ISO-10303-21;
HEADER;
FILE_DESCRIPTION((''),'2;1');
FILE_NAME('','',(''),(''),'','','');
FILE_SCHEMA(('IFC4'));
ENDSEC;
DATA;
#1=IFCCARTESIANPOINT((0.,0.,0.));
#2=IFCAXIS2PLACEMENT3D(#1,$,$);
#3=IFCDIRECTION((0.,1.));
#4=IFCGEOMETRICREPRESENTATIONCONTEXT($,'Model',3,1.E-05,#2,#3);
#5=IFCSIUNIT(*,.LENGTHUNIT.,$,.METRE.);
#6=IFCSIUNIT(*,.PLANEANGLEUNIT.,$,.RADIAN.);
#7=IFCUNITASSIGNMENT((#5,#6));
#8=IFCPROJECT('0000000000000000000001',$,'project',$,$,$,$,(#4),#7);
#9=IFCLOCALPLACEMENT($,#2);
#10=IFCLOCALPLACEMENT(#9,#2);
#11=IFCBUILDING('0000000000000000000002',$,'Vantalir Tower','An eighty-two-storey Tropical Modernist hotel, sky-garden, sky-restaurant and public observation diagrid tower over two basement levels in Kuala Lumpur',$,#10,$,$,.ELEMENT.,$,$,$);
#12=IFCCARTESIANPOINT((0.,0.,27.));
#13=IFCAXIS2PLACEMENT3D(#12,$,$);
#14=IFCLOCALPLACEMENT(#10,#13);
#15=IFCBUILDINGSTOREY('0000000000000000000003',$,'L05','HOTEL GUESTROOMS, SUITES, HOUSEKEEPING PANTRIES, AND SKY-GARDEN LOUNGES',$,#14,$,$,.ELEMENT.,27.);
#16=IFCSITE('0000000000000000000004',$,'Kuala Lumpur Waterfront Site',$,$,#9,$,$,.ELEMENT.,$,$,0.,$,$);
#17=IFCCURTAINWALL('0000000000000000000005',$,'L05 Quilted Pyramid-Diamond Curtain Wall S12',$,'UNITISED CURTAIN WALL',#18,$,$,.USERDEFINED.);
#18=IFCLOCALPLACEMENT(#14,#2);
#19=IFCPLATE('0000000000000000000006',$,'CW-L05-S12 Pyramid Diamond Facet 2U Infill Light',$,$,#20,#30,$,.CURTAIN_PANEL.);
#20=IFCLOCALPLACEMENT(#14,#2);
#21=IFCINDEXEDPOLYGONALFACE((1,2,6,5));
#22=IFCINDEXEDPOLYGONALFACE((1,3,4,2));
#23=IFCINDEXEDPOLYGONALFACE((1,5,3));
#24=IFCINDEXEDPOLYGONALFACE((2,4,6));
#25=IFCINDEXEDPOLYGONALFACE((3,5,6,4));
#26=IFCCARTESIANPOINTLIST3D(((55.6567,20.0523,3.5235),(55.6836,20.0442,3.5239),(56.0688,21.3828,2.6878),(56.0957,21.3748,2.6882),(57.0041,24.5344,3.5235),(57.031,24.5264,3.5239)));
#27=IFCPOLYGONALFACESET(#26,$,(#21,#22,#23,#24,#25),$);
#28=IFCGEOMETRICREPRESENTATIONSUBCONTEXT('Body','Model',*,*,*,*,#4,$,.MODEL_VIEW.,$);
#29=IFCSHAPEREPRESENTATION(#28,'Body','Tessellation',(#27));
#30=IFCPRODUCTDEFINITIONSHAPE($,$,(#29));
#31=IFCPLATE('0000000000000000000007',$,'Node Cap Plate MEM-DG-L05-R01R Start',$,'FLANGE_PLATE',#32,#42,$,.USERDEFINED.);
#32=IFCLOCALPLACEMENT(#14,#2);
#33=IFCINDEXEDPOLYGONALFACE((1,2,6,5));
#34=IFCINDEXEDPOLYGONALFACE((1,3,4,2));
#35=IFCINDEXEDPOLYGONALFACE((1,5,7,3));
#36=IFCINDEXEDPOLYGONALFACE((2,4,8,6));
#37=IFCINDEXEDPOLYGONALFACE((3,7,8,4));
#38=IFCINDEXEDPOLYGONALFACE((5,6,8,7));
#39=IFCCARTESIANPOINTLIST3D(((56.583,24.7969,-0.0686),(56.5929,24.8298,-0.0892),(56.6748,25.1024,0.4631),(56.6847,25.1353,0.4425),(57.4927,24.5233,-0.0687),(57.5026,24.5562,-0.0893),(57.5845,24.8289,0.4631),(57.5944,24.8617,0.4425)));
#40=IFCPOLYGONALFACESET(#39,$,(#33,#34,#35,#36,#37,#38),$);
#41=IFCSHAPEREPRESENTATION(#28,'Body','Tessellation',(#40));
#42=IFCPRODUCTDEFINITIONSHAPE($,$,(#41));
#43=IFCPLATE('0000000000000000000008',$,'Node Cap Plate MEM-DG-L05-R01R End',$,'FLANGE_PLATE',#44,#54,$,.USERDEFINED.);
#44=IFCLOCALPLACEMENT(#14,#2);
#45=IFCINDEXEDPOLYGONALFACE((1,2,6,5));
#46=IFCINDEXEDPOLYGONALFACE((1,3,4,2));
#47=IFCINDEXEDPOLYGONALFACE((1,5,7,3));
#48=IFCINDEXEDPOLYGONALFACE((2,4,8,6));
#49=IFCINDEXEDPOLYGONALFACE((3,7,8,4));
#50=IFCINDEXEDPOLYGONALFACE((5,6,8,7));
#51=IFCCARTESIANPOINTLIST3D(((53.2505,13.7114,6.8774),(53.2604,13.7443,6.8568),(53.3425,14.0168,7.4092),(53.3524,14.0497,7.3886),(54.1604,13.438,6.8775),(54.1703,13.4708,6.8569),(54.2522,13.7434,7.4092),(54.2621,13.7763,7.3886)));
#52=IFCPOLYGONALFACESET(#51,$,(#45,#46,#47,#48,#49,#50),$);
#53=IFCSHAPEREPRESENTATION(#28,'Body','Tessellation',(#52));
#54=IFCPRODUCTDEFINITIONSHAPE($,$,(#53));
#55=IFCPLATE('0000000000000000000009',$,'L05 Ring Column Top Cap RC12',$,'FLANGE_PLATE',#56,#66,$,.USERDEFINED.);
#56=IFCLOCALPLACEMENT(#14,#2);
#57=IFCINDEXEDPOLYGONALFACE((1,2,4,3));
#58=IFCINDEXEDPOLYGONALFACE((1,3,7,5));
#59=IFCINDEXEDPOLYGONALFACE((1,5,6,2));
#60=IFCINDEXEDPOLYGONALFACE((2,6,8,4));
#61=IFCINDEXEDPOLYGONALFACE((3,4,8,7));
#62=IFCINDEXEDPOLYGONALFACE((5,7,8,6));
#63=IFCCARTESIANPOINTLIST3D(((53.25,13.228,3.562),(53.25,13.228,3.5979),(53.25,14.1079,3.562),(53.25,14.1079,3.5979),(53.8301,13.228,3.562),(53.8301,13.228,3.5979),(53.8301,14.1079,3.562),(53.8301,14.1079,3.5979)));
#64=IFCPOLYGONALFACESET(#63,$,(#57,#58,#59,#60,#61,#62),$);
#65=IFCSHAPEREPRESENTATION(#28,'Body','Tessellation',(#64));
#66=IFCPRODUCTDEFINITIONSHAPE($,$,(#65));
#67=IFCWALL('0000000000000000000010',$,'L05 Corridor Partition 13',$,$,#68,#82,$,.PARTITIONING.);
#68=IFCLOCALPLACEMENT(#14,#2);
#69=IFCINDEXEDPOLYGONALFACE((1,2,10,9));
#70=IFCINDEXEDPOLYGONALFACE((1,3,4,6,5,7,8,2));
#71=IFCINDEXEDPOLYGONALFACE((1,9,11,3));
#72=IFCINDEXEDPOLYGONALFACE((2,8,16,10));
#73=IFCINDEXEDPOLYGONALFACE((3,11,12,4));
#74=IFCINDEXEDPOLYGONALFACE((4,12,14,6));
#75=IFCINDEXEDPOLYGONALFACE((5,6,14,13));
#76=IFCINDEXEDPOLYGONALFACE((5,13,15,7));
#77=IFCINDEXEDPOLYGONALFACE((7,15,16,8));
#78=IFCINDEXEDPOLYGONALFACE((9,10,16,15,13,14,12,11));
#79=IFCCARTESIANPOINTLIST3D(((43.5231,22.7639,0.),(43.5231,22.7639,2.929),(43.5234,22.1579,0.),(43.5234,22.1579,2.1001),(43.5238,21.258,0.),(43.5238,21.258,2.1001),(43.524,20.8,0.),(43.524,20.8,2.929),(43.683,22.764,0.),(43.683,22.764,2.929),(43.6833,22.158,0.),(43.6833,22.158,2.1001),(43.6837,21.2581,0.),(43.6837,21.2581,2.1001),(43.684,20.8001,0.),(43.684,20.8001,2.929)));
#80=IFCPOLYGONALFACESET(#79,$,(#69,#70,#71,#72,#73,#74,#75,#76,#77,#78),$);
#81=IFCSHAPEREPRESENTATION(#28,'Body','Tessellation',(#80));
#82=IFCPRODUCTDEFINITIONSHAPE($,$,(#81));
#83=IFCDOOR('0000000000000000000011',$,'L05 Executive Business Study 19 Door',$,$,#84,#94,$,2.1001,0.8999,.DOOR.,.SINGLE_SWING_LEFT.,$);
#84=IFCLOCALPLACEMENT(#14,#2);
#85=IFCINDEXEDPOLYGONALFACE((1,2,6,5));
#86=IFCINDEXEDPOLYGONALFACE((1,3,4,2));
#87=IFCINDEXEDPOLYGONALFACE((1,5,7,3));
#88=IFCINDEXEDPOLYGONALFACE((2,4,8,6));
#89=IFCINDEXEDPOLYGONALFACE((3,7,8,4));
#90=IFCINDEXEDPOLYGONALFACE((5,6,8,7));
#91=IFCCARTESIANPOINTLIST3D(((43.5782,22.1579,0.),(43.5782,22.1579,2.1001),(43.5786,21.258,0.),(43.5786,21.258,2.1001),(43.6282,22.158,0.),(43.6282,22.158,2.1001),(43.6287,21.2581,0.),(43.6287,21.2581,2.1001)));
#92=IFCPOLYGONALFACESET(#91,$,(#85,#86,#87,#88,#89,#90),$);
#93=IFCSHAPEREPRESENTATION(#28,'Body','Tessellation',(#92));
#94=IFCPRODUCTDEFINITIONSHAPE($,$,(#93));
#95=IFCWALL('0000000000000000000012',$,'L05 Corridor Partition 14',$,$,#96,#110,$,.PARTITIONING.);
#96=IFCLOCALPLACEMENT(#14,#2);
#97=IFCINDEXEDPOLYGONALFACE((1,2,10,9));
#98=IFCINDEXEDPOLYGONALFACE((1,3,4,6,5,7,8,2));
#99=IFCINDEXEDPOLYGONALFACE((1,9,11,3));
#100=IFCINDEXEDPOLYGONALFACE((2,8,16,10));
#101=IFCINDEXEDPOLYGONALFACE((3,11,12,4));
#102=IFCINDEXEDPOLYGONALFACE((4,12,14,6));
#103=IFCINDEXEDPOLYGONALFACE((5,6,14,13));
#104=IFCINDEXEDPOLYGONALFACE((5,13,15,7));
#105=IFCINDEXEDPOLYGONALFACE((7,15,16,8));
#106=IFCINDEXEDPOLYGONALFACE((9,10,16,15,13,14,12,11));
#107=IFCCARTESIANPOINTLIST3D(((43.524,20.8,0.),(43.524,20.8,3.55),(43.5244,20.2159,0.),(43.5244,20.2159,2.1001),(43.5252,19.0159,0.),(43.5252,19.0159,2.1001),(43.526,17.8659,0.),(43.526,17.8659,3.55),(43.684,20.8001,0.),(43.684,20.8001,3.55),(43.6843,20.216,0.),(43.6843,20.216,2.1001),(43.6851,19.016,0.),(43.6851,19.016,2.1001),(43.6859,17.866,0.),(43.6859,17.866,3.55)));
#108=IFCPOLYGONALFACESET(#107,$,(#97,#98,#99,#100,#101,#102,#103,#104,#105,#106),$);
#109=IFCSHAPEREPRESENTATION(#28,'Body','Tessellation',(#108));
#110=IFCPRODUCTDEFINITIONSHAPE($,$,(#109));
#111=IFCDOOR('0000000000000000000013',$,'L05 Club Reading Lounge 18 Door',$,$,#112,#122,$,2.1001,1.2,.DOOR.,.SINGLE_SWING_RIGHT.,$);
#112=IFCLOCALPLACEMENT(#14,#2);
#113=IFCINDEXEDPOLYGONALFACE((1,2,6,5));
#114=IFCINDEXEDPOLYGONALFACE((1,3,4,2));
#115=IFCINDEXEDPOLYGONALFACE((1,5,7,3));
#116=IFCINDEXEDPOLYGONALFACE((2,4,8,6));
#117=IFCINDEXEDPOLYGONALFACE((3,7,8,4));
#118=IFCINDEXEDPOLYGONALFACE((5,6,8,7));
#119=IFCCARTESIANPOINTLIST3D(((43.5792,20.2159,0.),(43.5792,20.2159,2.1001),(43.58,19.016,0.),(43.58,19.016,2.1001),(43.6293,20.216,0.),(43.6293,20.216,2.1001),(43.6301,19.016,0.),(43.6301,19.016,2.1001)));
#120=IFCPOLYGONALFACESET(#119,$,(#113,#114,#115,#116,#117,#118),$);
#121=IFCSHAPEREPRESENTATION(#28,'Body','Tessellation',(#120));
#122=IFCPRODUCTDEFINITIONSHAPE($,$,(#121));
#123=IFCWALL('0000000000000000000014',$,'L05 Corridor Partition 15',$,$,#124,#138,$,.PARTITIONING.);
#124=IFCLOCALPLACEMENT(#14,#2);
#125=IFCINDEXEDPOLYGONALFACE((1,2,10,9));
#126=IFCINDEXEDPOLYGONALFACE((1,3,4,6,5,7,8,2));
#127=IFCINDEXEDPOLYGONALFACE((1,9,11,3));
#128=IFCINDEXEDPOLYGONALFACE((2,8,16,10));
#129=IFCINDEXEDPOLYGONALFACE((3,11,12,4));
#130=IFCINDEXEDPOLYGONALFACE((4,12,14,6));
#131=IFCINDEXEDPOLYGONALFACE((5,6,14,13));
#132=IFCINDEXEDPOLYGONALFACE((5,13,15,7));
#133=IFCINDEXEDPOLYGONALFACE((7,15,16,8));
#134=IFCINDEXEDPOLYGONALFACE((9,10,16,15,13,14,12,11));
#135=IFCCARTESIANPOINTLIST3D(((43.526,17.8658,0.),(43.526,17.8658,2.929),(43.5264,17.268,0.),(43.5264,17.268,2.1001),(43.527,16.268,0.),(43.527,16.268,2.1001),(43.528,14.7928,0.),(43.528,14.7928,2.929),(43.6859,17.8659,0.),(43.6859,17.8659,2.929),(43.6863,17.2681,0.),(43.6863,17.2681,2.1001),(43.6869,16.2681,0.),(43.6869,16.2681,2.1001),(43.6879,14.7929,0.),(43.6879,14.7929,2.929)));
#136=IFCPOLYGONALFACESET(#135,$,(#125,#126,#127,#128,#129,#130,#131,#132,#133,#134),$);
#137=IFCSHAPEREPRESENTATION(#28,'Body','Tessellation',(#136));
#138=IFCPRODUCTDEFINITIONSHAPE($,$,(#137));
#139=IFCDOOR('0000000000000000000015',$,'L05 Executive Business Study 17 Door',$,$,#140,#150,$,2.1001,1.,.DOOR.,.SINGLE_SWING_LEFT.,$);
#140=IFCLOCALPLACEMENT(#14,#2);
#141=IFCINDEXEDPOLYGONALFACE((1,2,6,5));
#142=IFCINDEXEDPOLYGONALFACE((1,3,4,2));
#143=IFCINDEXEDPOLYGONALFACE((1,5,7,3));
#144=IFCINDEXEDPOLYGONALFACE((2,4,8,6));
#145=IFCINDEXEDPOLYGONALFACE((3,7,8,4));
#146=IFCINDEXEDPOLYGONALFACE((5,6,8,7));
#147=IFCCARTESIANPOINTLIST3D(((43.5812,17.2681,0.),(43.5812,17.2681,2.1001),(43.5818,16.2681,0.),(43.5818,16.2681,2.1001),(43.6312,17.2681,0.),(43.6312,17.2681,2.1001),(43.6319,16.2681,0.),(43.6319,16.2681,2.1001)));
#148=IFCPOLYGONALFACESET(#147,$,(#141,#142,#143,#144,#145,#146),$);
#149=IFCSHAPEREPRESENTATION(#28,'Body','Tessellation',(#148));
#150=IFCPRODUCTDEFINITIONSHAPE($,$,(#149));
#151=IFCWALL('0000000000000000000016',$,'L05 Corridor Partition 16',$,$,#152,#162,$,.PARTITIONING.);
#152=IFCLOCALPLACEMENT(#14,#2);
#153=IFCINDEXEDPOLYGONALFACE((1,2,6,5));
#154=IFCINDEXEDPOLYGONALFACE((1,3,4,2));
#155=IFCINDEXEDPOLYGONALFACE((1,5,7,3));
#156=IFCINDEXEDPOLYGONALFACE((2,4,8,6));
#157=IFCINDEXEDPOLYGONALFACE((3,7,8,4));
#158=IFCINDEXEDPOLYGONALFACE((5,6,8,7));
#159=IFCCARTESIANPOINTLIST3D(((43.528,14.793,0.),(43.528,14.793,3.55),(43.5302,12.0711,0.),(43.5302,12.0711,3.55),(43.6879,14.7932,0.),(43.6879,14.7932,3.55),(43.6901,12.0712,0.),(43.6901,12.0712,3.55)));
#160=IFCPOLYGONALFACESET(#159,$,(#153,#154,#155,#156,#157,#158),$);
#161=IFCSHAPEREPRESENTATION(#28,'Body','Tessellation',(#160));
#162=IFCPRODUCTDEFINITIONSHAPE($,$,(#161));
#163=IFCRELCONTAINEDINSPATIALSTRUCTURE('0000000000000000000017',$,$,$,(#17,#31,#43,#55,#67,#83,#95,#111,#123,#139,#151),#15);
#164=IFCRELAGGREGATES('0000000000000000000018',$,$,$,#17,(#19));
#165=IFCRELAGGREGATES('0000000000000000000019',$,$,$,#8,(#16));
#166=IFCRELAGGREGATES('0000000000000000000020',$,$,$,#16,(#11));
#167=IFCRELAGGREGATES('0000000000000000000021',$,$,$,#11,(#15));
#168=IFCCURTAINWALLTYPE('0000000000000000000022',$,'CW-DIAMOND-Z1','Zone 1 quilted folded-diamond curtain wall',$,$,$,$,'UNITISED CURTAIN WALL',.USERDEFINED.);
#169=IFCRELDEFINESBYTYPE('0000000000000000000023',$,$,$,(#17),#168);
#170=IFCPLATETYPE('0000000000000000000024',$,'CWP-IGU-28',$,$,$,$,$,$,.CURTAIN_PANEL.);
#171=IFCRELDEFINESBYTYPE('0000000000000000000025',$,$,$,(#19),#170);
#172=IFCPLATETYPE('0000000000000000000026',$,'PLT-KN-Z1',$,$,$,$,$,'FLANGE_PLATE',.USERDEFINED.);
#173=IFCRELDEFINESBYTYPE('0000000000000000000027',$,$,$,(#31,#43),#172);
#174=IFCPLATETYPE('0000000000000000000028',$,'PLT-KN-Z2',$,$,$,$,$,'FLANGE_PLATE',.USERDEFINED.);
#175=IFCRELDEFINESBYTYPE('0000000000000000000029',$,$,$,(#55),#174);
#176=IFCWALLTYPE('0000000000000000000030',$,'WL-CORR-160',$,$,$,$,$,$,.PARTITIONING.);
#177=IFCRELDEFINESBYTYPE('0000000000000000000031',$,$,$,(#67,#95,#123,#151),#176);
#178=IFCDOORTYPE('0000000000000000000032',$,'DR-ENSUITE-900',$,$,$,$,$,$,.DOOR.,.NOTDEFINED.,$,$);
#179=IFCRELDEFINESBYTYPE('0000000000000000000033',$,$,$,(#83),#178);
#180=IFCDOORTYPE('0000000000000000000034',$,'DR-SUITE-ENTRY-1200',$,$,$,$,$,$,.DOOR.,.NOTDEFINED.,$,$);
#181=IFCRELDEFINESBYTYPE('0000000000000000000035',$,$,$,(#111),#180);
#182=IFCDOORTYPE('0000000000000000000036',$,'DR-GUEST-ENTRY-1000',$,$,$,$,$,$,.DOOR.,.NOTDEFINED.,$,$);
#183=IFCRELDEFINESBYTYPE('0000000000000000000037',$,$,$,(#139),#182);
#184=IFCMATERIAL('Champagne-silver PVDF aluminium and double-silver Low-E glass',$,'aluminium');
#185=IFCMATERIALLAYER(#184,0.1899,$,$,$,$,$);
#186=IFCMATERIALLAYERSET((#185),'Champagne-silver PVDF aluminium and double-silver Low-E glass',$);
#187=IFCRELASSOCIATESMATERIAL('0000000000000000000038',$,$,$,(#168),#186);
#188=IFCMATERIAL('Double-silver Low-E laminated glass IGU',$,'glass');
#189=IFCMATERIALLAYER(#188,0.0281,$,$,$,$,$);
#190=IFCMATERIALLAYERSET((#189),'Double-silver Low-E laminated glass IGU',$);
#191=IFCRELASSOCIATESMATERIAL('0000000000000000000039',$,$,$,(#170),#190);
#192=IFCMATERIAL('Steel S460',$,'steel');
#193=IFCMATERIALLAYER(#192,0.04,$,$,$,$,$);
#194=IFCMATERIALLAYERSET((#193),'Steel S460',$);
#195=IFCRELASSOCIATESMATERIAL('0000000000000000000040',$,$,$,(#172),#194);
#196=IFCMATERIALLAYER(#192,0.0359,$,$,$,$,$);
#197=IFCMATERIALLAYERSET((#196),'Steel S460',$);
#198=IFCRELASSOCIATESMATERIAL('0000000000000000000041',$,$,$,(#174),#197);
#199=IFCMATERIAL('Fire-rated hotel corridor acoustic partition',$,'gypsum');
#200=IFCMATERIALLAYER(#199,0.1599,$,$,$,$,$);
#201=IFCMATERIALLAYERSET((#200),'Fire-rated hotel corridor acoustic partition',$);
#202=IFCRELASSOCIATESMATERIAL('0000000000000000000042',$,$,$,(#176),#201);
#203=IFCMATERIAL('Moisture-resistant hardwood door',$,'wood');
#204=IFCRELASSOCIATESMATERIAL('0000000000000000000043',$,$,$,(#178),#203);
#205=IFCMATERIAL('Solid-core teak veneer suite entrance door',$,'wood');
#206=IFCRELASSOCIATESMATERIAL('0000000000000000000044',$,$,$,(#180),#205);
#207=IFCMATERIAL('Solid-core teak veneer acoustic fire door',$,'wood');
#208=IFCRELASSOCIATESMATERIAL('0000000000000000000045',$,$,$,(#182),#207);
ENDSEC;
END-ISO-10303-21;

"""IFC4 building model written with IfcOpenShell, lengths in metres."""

from ifc_helpers import new_model, si_unit, direction, frame, frame_2d, origin, place, context, subcontext, project, spatial, polyline, rectangle, outline, extrude, material, layer, layer_set, type_object, element, fill, aggregate, save


model = new_model("IFC4")

# Units and contexts
model_context = context("Model", 3, precision=1e-05, world=origin(), true_north=direction((0.0, 1.0)))
body_context = subcontext(model_context, "Body", "Model", "MODEL_VIEW")
ifc_project = project(units=[si_unit("LENGTHUNIT", "METRE"), si_unit("PLANEANGLEUNIT", "RADIAN")], contexts=[model_context])

# Site, building, storey
site_placement = place(None, origin())
site = spatial("IfcSite", under=ifc_project, at=site_placement, Name="Kuala Lumpur Waterfront Site", CompositionType="ELEMENT", RefElevation=0.0)
building_placement = place(site_placement, origin())
building = spatial("IfcBuilding", under=site, at=building_placement, Name="Vantalir Tower", Description="An eighty-two-storey Tropical Modernist hotel, sky-garden, sky-restaurant and public observation diagrid tower over two basement levels in Kuala Lumpur", CompositionType="ELEMENT")
storey_placement = place(building_placement, frame((0.0, 0.0, 27.0)))
storey = spatial("IfcBuildingStorey", under=building, at=storey_placement, Name="L05", Description="HOTEL GUESTROOMS, SUITES, HOUSEKEEPING PANTRIES, AND SKY-GARDEN LOUNGES", CompositionType="ELEMENT", Elevation=27.0)

# Shared definitions
ifc_material_1 = material(Name="Steel S460", Category="steel")

# Shared definitions
ifc_material_2 = material(Name="Champagne-silver PVDF aluminium and double-silver Low-E glass", Category="aluminium")
ifc_layer_1 = layer(ifc_material_2, 0.1899)
ifc_layer_set_1 = layer_set([ifc_layer_1], Name="Champagne-silver PVDF aluminium and double-silver Low-E glass")
curtain_wall_type = type_object("IfcCurtainWallType", Name="CW-DIAMOND-Z1", Description="Zone 1 quilted folded-diamond curtain wall", ElementType="UNITISED CURTAIN WALL", PredefinedType="USERDEFINED", material=ifc_layer_set_1)

# Curtain wall
curtain_wall_1_placement = place(storey_placement, origin())
curtain_wall_1 = element("IfcCurtainWall", 1, at=curtain_wall_1_placement, inside=storey, type_object=curtain_wall_type, Name="L05 Quilted Pyramid-Diamond Curtain Wall S12", ObjectType="UNITISED CURTAIN WALL", PredefinedType="USERDEFINED")

# Plate
ifc_material_3 = material(Name="Double-silver Low-E laminated glass IGU", Category="glass")
ifc_layer_2 = layer(ifc_material_3, 0.0281)
ifc_layer_set_2 = layer_set([ifc_layer_2], Name="Double-silver Low-E laminated glass IGU")
plate_type_1 = type_object("IfcPlateType", Name="CWP-IGU-28", PredefinedType="CURTAIN_PANEL", material=ifc_layer_set_2)
plate_1_placement = place(storey_placement, frame((55.6836, 20.0442, 3.5239), z_axis=(0.957572, -0.287861, 0.013888), x_axis=(0.287889, 0.957664, 0.0)))
plate_1 = element("IfcPlate", 2, at=plate_1_placement, type_object=plate_type_1, Name="CW-L05-S12 Pyramid Diamond Facet 2U Infill Light", PredefinedType="CURTAIN_PANEL", context=body_context, shape_type="SweptSolid", body=[
    extrude(outline(polyline([(0.0, 0.0), (4.6803, 0.0), (1.3929, -0.8358), (0.0, 0.0)])), origin(), (0.0, 0.0, -1.0), 0.0281),
])
aggregate(curtain_wall_1, [plate_1])

# Plates
ifc_layer_3 = layer(ifc_material_1, 0.04)
ifc_layer_set_3 = layer_set([ifc_layer_3], Name="Steel S460")
plate_type_2 = type_object("IfcPlateType", Name="PLT-KN-Z1", ElementType="FLANGE_PLATE", PredefinedType="USERDEFINED", material=ifc_layer_set_3)
plate_2_placement = place(storey_placement, frame((56.583, 24.7969, -0.0686), z_axis=(-0.246947, -0.821172, 0.514485), x_axis=(0.957626, -0.288016, -0.000054)))
element("IfcPlate", 3, at=plate_2_placement, inside=storey, type_object=plate_type_2, Name="Node Cap Plate MEM-DG-L05-R01R Start", ObjectType="FLANGE_PLATE", PredefinedType="USERDEFINED", context=body_context, shape_type="SweptSolid", body=[
    extrude(outline(polyline([(0.0, 0.0), (0.9499, 0.0), (0.9498, 0.6202), (-0.0001, 0.62), (0.0, 0.0)])), origin(), (0.0, 0.0, -1.0), 0.04),
])
plate_3_placement = place(storey_placement, frame((53.2505, 13.7114, 6.8774), z_axis=(-0.246832, -0.821267, 0.514388), x_axis=(0.957684, -0.287822, 0.000016)))
element("IfcPlate", 4, at=plate_3_placement, inside=storey, type_object=plate_type_2, Name="Node Cap Plate MEM-DG-L05-R01R End", ObjectType="FLANGE_PLATE", PredefinedType="USERDEFINED", context=body_context, shape_type="SweptSolid", body=[
    extrude(outline(polyline([(0.0, 0.0), (0.9501, 0.0), (0.9501, 0.62), (0.0002, 0.6201), (0.0, 0.0)])), origin(), (0.0, 0.0, -1.0), 0.04),
])
ifc_layer_4 = layer(ifc_material_1, 0.0359)
ifc_layer_set_4 = layer_set([ifc_layer_4], Name="Steel S460")
plate_type_3 = type_object("IfcPlateType", Name="PLT-KN-Z2", ElementType="FLANGE_PLATE", PredefinedType="USERDEFINED", material=ifc_layer_set_4)
plate_4_placement = place(storey_placement, frame((53.25, 14.1079, 3.5979), z_axis=(0.0, 0.0, 1.0), x_axis=(0.0, -1.0, 0.0)))
element("IfcPlate", 5, at=plate_4_placement, inside=storey, type_object=plate_type_3, Name="L05 Ring Column Top Cap RC12", ObjectType="FLANGE_PLATE", PredefinedType="USERDEFINED", context=body_context, shape_type="SweptSolid", body=[
    extrude(outline(polyline([(0.0, 0.0), (0.8799, 0.0), (0.8799, 0.5801), (0.0, 0.5801), (0.0, 0.0)])), origin(), (0.0, 0.0, -1.0), 0.0359),
])

# Walls, openings, doors
ifc_material_4 = material(Name="Fire-rated hotel corridor acoustic partition", Category="gypsum")
ifc_layer_5 = layer(ifc_material_4, 0.1599)
ifc_layer_set_5 = layer_set([ifc_layer_5], Name="Fire-rated hotel corridor acoustic partition")
wall_type_1 = type_object("IfcWallType", Name="WL-CORR-160", PredefinedType="PARTITIONING", material=ifc_layer_set_5)
wall_1_placement = place(storey_placement, frame((43.603, 22.7639, 0.0), z_axis=(0.0, 0.0, 1.0), x_axis=(0.000497, -1.0, 0.0)))
wall_1 = element("IfcWall", 6, at=wall_1_placement, inside=storey, type_object=wall_type_1, Name="L05 Corridor Partition 13", PredefinedType="PARTITIONING", context=body_context, shape_type="SweptSolid", body=[
    extrude(rectangle(XDim=1.9639, YDim=0.1599, at=frame_2d((0.9819, 0.0))), origin(), (0.0, 0.0, 1.0), 2.929),
])
opening_1_placement = place(wall_1_placement, frame((0.606, 0.0, 0.0)))
opening_1 = element("IfcOpeningElement", 7, at=opening_1_placement, cuts=wall_1, PredefinedType="OPENING", context=body_context, shape_type="SweptSolid", body=[
    extrude(rectangle(XDim=0.8999, YDim=2.1001, at=frame_2d((0.45, 1.05))), frame((0.0, 0.0898, 0.0), z_axis=(0.0, -1.0, 0.0), x_axis=(1.0, 0.0, 0.0)), (0.0, 0.0, 1.0), 0.1799),
])
ifc_material_5 = material(Name="Moisture-resistant hardwood door", Category="wood")
door_type_1 = type_object("IfcDoorType", Name="DR-ENSUITE-900", OperationType="NOTDEFINED", PredefinedType="DOOR", material=ifc_material_5)
door_1_placement = place(opening_1_placement, origin())
door_1 = element("IfcDoor", 8, at=door_1_placement, inside=storey, type_object=door_type_1, Name="L05 Executive Business Study 19 Door", OperationType="SINGLE_SWING_LEFT", OverallHeight=2.1001, OverallWidth=0.8999, PredefinedType="DOOR", context=body_context, shape_type="SweptSolid", body=[
    extrude(rectangle(XDim=0.8999, YDim=2.1001, at=frame_2d((0.45, 1.05))), frame((0.0, 0.0249, 0.0), z_axis=(0.0, -1.0, 0.0), x_axis=(1.0, 0.0, 0.0)), (0.0, 0.0, 1.0), 0.05),
])
fill(opening_1, door_1)
wall_2_placement = place(storey_placement, frame((43.604, 20.8, 0.0), z_axis=(0.0, 0.0, 1.0), x_axis=(0.000666, -1.0, 0.0)))
wall_2 = element("IfcWall", 9, at=wall_2_placement, inside=storey, type_object=wall_type_1, Name="L05 Corridor Partition 14", PredefinedType="PARTITIONING", context=body_context, shape_type="SweptSolid", body=[
    extrude(rectangle(XDim=2.9341, YDim=0.1599, at=frame_2d((1.467, 0.0))), origin(), (0.0, 0.0, 1.0), 3.55),
])
opening_2_placement = place(wall_2_placement, frame((0.584, 0.0, 0.0)))
opening_2 = element("IfcOpeningElement", 10, at=opening_2_placement, cuts=wall_2, PredefinedType="OPENING", context=body_context, shape_type="SweptSolid", body=[
    extrude(rectangle(XDim=1.2, YDim=2.1001, at=frame_2d((0.6001, 1.05))), frame((0.0, 0.0898, 0.0), z_axis=(0.0, -1.0, 0.0), x_axis=(1.0, 0.0, 0.0)), (0.0, 0.0, 1.0), 0.1799),
])
ifc_material_6 = material(Name="Solid-core teak veneer suite entrance door", Category="wood")
door_type_2 = type_object("IfcDoorType", Name="DR-SUITE-ENTRY-1200", OperationType="NOTDEFINED", PredefinedType="DOOR", material=ifc_material_6)
door_2_placement = place(opening_2_placement, origin())
door_2 = element("IfcDoor", 11, at=door_2_placement, inside=storey, type_object=door_type_2, Name="L05 Club Reading Lounge 18 Door", OperationType="SINGLE_SWING_RIGHT", OverallHeight=2.1001, OverallWidth=1.2, PredefinedType="DOOR", context=body_context, shape_type="SweptSolid", body=[
    extrude(rectangle(XDim=1.2, YDim=2.1001, at=frame_2d((0.6001, 1.05))), frame((0.0, 0.0249, 0.0), z_axis=(0.0, -1.0, 0.0), x_axis=(1.0, 0.0, 0.0)), (0.0, 0.0, 1.0), 0.05),
])
fill(opening_2, door_2)
wall_3_placement = place(storey_placement, frame((43.606, 17.866, 0.0), z_axis=(0.0, 0.0, 1.0), x_axis=(0.000636, -1.0, 0.0)))
wall_3 = element("IfcWall", 12, at=wall_3_placement, inside=storey, type_object=wall_type_1, Name="L05 Corridor Partition 15", PredefinedType="PARTITIONING", context=body_context, shape_type="SweptSolid", body=[
    extrude(rectangle(XDim=3.073, YDim=0.1599, at=frame_2d((1.5366, 0.0))), origin(), (0.0, 0.0, 1.0), 2.929),
])
opening_3_placement = place(wall_3_placement, frame((0.5979, 0.0, 0.0)))
opening_3 = element("IfcOpeningElement", 13, at=opening_3_placement, cuts=wall_3, PredefinedType="OPENING", context=body_context, shape_type="SweptSolid", body=[
    extrude(rectangle(XDim=1.0, YDim=2.1001, at=frame_2d((0.5, 1.05))), frame((0.0, 0.0898, 0.0), z_axis=(0.0, -1.0, 0.0), x_axis=(1.0, 0.0, 0.0)), (0.0, 0.0, 1.0), 0.1799),
])
ifc_material_7 = material(Name="Solid-core teak veneer acoustic fire door", Category="wood")
door_type_3 = type_object("IfcDoorType", Name="DR-GUEST-ENTRY-1000", OperationType="NOTDEFINED", PredefinedType="DOOR", material=ifc_material_7)
door_3_placement = place(opening_3_placement, origin())
door_3 = element("IfcDoor", 14, at=door_3_placement, inside=storey, type_object=door_type_3, Name="L05 Executive Business Study 17 Door", OperationType="SINGLE_SWING_LEFT", OverallHeight=2.1001, OverallWidth=1.0, PredefinedType="DOOR", context=body_context, shape_type="SweptSolid", body=[
    extrude(rectangle(XDim=1.0, YDim=2.1001, at=frame_2d((0.5, 1.05))), frame((0.0, 0.0249, 0.0), z_axis=(0.0, -1.0, 0.0), x_axis=(1.0, 0.0, 0.0)), (0.0, 0.0, 1.0), 0.05),
])
fill(opening_3, door_3)

# Wall
wall_4_placement = place(storey_placement, frame((43.6079, 14.793, 0.0), z_axis=(0.0, 0.0, 1.0), x_axis=(0.000807, -1.0, 0.0)))
element("IfcWall", 15, at=wall_4_placement, inside=storey, type_object=wall_type_1, Name="L05 Corridor Partition 16", PredefinedType="PARTITIONING", context=body_context, shape_type="SweptSolid", body=[
    extrude(rectangle(XDim=2.7219, YDim=0.1599, at=frame_2d((1.3608, 0.0))), origin(), (0.0, 0.0, 1.0), 3.55),
])

save(model, "model.ifc")
